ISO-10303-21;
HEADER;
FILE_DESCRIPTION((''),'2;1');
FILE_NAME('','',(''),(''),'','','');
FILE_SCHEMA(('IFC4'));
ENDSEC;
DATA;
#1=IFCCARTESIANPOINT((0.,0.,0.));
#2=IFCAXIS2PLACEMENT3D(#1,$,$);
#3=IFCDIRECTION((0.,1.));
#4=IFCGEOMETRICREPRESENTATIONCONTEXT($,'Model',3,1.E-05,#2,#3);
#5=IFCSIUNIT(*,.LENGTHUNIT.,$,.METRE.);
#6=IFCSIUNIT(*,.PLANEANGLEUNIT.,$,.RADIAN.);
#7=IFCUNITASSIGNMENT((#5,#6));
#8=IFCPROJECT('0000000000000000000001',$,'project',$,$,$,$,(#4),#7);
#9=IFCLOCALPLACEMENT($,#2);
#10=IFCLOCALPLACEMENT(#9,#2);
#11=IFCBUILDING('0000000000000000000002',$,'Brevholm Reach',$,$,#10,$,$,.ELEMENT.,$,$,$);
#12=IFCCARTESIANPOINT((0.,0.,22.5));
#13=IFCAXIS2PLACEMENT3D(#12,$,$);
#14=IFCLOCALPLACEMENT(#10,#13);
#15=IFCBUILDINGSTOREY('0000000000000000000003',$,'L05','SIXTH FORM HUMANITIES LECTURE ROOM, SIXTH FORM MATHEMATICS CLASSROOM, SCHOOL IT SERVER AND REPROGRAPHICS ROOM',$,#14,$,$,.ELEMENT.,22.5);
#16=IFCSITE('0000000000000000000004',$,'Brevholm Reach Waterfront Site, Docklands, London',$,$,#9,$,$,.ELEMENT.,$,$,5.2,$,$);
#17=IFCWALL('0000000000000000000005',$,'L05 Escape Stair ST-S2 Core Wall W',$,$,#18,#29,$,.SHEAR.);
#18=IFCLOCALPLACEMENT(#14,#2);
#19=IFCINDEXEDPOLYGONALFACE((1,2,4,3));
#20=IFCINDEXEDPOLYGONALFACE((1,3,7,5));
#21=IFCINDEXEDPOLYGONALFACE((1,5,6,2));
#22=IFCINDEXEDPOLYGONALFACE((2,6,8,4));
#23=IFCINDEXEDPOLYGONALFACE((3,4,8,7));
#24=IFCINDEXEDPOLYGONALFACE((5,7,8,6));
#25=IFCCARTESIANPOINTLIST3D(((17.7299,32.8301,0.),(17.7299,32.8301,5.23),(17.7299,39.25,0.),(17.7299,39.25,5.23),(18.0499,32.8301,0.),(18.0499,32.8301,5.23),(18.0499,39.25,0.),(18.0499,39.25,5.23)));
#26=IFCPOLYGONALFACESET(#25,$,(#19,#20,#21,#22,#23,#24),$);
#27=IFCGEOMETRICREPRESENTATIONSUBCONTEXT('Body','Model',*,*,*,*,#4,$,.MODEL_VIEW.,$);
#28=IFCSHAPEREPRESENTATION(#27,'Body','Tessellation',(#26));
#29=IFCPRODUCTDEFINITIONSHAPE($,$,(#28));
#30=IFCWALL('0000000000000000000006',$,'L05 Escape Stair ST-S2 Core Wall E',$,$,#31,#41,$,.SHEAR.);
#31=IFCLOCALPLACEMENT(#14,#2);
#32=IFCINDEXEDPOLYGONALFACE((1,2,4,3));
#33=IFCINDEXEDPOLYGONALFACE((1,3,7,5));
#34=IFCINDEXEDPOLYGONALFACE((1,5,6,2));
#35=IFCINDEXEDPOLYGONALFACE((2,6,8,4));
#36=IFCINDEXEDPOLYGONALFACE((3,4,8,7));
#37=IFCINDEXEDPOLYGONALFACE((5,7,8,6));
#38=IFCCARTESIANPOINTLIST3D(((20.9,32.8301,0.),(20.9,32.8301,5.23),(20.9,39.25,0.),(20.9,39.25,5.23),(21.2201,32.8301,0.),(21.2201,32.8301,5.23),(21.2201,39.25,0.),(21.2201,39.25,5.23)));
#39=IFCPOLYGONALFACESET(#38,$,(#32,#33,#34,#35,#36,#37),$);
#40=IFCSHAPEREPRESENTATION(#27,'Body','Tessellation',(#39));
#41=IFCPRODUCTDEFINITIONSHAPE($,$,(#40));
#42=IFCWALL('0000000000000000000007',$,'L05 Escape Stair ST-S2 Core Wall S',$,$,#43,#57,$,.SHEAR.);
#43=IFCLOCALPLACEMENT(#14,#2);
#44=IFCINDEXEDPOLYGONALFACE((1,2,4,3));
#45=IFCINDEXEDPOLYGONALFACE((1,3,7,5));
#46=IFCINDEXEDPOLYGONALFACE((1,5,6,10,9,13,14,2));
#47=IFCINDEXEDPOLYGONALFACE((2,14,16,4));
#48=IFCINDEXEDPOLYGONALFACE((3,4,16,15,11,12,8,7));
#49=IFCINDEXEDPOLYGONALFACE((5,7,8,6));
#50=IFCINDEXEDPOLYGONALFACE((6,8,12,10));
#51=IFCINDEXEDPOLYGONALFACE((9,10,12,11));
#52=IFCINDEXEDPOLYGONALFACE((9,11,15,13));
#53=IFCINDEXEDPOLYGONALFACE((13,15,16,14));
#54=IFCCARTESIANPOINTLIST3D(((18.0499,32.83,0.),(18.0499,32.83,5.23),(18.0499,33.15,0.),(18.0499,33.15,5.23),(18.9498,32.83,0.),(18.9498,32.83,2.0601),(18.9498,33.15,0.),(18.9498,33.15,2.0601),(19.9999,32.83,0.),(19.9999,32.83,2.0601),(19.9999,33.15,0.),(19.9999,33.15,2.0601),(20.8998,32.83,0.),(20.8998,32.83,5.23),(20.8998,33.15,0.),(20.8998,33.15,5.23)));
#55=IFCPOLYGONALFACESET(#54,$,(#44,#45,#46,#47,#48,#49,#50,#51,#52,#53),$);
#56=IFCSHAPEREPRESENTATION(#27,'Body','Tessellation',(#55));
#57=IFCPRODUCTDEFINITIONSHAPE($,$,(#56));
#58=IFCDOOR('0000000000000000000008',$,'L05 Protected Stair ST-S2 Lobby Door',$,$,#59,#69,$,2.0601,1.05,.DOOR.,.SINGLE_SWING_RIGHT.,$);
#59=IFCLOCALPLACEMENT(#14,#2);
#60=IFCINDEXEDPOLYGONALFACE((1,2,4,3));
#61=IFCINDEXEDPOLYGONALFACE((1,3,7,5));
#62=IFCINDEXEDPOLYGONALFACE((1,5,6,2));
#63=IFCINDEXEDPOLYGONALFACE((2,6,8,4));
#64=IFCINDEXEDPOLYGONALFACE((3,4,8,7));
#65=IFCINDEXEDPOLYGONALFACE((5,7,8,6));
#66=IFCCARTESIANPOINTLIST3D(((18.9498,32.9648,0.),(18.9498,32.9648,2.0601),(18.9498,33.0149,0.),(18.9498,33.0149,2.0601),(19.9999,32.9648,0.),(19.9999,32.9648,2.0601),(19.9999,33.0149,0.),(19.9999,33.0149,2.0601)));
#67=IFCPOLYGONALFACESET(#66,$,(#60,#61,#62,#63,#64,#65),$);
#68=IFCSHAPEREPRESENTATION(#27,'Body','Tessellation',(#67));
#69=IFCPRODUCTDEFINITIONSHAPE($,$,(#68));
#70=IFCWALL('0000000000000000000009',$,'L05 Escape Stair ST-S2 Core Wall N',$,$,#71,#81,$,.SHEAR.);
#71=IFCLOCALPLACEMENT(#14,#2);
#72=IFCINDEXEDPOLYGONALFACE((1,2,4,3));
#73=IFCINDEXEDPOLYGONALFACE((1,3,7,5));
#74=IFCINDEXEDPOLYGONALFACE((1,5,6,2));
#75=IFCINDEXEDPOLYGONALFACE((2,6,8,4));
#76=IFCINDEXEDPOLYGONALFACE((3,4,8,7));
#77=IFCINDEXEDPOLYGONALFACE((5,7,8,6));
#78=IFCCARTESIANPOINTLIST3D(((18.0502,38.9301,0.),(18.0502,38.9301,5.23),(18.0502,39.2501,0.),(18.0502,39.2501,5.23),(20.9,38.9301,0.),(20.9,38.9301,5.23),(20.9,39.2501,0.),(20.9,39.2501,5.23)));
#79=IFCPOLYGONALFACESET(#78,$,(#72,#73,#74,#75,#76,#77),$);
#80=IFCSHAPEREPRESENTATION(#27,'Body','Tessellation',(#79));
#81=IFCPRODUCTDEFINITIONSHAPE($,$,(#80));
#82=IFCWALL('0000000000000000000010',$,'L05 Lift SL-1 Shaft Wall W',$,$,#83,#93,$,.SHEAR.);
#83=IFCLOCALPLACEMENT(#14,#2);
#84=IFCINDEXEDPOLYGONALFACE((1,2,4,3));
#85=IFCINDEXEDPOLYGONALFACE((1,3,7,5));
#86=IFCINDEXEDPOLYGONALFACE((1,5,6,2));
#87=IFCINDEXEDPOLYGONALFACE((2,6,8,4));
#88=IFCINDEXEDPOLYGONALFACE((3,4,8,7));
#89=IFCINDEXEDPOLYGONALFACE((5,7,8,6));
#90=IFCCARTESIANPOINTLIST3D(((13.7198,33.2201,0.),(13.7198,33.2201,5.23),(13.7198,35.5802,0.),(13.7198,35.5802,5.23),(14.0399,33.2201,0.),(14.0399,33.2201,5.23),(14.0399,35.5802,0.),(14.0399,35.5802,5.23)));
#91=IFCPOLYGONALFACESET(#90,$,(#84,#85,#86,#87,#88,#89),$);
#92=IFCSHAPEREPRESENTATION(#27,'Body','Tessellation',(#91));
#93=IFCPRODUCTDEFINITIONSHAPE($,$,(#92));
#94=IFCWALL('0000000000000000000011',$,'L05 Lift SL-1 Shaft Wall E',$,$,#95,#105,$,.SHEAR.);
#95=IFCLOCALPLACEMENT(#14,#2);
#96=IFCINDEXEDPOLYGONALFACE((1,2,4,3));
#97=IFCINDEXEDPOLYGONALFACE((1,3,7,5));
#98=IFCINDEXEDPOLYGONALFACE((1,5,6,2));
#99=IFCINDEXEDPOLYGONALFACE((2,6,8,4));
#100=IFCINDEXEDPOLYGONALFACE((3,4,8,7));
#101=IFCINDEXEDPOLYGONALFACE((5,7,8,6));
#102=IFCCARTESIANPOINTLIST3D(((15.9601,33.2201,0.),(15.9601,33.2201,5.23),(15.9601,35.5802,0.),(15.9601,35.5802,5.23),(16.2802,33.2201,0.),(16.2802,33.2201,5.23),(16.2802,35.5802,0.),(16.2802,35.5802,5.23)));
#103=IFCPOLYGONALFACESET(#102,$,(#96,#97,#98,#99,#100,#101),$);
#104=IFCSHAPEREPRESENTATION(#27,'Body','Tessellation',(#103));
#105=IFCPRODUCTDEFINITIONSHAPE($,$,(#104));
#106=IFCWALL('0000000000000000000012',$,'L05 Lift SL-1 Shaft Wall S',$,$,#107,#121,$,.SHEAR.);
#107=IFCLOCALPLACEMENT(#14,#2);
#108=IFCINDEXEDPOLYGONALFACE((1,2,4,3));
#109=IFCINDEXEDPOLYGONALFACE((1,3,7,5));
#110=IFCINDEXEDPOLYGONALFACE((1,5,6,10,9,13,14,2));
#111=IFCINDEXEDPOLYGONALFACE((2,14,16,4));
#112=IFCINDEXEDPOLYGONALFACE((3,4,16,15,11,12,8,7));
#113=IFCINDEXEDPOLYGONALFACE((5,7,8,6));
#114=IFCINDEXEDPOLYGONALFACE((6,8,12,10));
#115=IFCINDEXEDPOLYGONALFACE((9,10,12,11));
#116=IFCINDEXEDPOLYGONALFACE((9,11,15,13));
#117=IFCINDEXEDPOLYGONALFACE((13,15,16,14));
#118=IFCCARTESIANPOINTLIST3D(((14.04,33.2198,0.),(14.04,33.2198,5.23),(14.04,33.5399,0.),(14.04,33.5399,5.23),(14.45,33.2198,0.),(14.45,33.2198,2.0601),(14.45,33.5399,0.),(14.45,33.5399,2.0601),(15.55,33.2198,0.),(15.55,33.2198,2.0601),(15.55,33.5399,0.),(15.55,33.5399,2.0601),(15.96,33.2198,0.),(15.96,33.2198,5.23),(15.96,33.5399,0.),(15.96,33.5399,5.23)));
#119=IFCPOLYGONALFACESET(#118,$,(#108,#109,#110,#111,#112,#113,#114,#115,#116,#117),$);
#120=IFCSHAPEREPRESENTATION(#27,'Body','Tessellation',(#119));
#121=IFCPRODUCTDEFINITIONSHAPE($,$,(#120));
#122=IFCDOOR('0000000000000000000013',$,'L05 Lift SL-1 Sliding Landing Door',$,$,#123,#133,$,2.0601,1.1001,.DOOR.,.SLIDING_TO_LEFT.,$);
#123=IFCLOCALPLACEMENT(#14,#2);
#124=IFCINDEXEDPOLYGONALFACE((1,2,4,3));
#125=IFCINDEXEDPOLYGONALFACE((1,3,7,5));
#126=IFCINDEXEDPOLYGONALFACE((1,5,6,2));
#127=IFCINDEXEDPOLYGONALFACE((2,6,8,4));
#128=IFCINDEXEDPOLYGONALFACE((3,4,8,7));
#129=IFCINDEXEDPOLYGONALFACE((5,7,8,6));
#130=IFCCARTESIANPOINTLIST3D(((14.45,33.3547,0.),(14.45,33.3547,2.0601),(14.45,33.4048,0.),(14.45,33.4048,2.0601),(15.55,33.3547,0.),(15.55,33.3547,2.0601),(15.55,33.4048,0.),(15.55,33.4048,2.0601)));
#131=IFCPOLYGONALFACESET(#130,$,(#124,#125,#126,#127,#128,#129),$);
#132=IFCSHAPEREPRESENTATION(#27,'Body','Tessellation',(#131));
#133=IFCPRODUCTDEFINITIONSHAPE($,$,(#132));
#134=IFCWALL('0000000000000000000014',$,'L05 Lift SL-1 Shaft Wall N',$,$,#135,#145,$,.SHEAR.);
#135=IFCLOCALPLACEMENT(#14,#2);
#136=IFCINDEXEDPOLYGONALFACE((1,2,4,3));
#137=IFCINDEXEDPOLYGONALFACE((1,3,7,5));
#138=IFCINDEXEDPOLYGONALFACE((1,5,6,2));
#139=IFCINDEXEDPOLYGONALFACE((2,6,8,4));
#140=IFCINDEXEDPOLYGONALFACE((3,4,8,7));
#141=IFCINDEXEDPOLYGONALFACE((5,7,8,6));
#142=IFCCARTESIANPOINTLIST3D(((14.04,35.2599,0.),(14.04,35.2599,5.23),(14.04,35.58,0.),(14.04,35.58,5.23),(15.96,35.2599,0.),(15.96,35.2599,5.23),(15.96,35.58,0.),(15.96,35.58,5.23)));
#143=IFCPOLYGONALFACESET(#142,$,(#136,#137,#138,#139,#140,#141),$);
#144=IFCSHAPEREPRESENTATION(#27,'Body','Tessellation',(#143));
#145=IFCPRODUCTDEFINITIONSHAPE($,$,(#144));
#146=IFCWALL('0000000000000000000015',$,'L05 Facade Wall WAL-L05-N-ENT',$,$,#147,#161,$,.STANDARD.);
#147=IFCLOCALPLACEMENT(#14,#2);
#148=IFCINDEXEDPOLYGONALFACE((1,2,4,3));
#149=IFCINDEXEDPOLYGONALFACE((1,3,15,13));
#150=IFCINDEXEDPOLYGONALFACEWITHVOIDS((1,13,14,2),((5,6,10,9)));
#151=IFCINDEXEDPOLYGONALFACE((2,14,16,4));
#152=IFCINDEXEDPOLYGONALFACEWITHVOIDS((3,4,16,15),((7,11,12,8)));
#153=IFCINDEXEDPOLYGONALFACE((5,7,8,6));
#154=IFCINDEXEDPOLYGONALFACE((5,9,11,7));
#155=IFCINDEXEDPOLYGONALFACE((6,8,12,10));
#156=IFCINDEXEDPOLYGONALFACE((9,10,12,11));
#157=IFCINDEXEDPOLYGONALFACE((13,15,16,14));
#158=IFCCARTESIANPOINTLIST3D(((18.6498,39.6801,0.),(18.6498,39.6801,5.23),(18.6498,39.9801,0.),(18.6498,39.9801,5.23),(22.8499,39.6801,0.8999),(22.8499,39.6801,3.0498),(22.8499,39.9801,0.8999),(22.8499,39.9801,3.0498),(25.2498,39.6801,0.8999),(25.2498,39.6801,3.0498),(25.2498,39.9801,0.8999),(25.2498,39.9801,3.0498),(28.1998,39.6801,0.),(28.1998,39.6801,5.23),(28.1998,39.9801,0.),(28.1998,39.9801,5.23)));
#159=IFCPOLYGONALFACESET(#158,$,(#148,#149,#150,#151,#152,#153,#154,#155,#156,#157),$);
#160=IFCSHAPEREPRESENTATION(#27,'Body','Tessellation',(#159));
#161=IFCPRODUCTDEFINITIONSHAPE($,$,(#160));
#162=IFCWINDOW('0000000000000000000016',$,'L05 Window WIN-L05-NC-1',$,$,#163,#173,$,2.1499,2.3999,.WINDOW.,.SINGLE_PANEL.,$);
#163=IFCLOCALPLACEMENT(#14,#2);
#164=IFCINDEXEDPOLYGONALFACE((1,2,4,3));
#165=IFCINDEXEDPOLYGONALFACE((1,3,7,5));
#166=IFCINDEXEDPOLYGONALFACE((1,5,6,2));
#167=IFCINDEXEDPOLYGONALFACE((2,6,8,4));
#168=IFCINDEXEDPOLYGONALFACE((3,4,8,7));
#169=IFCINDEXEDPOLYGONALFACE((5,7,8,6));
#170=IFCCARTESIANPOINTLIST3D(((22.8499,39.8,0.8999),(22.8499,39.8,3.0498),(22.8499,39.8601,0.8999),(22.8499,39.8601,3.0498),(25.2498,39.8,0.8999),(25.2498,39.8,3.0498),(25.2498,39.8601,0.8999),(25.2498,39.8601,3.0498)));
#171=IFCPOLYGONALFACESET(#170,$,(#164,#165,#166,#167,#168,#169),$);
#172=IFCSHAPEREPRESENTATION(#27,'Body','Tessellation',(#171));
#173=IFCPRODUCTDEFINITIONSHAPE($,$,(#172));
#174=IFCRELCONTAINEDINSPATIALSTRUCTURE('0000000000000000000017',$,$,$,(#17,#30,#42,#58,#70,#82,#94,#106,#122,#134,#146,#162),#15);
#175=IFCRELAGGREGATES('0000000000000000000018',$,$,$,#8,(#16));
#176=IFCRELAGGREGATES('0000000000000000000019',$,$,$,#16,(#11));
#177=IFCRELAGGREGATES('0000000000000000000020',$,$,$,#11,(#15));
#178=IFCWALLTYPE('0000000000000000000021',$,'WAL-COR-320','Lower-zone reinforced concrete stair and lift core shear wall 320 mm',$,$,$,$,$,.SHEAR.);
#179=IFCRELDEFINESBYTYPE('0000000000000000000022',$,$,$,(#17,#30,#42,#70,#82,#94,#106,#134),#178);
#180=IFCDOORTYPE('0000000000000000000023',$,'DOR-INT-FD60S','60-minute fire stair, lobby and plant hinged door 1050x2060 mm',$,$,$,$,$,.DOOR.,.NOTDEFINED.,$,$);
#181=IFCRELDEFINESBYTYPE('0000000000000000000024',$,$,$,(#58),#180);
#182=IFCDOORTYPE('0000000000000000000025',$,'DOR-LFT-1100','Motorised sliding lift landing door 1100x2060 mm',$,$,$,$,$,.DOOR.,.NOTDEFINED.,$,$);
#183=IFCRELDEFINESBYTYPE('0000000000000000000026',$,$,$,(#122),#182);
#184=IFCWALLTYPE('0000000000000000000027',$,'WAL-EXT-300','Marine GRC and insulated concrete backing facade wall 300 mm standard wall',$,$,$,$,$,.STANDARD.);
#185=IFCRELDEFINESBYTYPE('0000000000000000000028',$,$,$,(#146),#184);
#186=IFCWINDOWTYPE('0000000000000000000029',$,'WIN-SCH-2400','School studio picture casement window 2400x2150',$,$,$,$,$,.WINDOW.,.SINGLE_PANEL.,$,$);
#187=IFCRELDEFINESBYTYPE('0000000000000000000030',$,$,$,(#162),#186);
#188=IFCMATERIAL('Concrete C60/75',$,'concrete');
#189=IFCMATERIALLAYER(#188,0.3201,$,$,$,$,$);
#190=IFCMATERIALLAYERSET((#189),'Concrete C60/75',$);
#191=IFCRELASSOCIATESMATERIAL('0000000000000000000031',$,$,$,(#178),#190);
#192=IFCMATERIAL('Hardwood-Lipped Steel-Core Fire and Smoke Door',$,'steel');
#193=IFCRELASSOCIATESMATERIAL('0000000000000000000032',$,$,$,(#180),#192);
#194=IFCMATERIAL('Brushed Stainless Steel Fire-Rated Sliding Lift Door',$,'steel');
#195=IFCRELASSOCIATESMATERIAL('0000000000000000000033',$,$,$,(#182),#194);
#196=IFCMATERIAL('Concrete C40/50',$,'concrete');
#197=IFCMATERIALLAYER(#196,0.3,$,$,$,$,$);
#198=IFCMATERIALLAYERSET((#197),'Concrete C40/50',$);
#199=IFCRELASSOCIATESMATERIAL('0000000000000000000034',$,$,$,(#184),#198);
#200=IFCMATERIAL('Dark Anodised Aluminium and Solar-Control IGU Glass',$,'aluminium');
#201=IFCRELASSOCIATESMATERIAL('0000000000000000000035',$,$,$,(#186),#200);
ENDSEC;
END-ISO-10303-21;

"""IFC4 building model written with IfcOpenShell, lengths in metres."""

from ifc_helpers import new_model, si_unit, direction, frame, frame_2d, origin, place, context, subcontext, project, spatial, rectangle, extrude, material, layer, layer_set, type_object, element, fill, save


model = new_model("IFC4")

# Units and contexts
model_context = context("Model", 3, precision=1e-05, world=origin(), true_north=direction((0.0, 1.0)))
body_context = subcontext(model_context, "Body", "Model", "MODEL_VIEW")
ifc_project = project(units=[si_unit("LENGTHUNIT", "METRE"), si_unit("PLANEANGLEUNIT", "RADIAN")], contexts=[model_context])

# Site, building, storey
site_placement = place(None, origin())
site = spatial("IfcSite", under=ifc_project, at=site_placement, Name="Brevholm Reach Waterfront Site, Docklands, London", CompositionType="ELEMENT", RefElevation=5.2)
building_placement = place(site_placement, origin())
building = spatial("IfcBuilding", under=site, at=building_placement, Name="Brevholm Reach", CompositionType="ELEMENT")
storey_placement = place(building_placement, frame((0.0, 0.0, 22.5)))
storey = spatial("IfcBuildingStorey", under=building, at=storey_placement, Name="L05", Description="SIXTH FORM HUMANITIES LECTURE ROOM, SIXTH FORM MATHEMATICS CLASSROOM, SCHOOL IT SERVER AND REPROGRAPHICS ROOM", CompositionType="ELEMENT", Elevation=22.5)

# Walls
ifc_material_1 = material(Name="Concrete C60/75", Category="concrete")
ifc_layer_1 = layer(ifc_material_1, 0.3201)
ifc_layer_set_1 = layer_set([ifc_layer_1], Name="Concrete C60/75")
wall_type_1 = type_object("IfcWallType", Name="WAL-COR-320", Description="Lower-zone reinforced concrete stair and lift core shear wall 320 mm", PredefinedType="SHEAR", material=ifc_layer_set_1)
for number, where, z_axis, x_axis, name in (
    (1, (17.8899, 32.8301, 0.0), (0.0, 0.0, 1.0), (0.0, 1.0, 0.0), "L05 Escape Stair ST-S2 Core Wall W"),
    (2, (21.0601, 32.8301, 0.0), (0.0, 0.0, 1.0), (0.0, 1.0, 0.0), "L05 Escape Stair ST-S2 Core Wall E"),
):
    element("IfcWall", number, at=place(storey_placement, frame(where, z_axis=z_axis, x_axis=x_axis)), inside=storey, type_object=wall_type_1, Name=name, PredefinedType="SHEAR", context=body_context, shape_type="SweptSolid", body=[
        extrude(rectangle(XDim=6.4199, YDim=0.3201, at=frame_2d((3.21, 0.0))), origin(), (0.0, 0.0, 1.0), 5.23),
    ])

# Wall, opening, door
wall_1_placement = place(storey_placement, frame((18.05, 32.99, 0.0), z_axis=(0.0, 0.0, 1.0), x_axis=(1.0, 0.0, 0.0)))
wall_1 = element("IfcWall", 3, at=wall_1_placement, inside=storey, type_object=wall_type_1, Name="L05 Escape Stair ST-S2 Core Wall S", PredefinedType="SHEAR", context=body_context, shape_type="SweptSolid", body=[
    extrude(rectangle(XDim=2.8499, YDim=0.3201, at=frame_2d((1.4248, 0.0))), origin(), (0.0, 0.0, 1.0), 5.23),
])
opening_1_placement = place(wall_1_placement, frame((0.8999, 0.0, 0.0)))
opening_1 = element("IfcOpeningElement", 4, at=opening_1_placement, cuts=wall_1, PredefinedType="OPENING", context=body_context, shape_type="SweptSolid", body=[
    extrude(rectangle(XDim=1.05, YDim=2.0601, at=frame_2d((0.5249, 1.03))), frame((0.0, 0.1699, 0.0), z_axis=(0.0, -1.0, 0.0), x_axis=(1.0, 0.0, 0.0)), (0.0, 0.0, 1.0), 0.3401),
])
ifc_material_2 = material(Name="Hardwood-Lipped Steel-Core Fire and Smoke Door", Category="steel")
door_type_1 = type_object("IfcDoorType", Name="DOR-INT-FD60S", Description="60-minute fire stair, lobby and plant hinged door 1050x2060 mm", OperationType="NOTDEFINED", PredefinedType="DOOR", material=ifc_material_2)
door_1_placement = place(opening_1_placement, origin())
door_1 = element("IfcDoor", 5, at=door_1_placement, inside=storey, type_object=door_type_1, Name="L05 Protected Stair ST-S2 Lobby Door", OperationType="SINGLE_SWING_RIGHT", OverallHeight=2.0601, OverallWidth=1.05, PredefinedType="DOOR", context=body_context, shape_type="SweptSolid", body=[
    extrude(rectangle(XDim=1.05, YDim=2.0601, at=frame_2d((0.5249, 1.03))), frame((0.0, 0.0249, 0.0), z_axis=(0.0, -1.0, 0.0), x_axis=(1.0, 0.0, 0.0)), (0.0, 0.0, 1.0), 0.05),
])
fill(opening_1, door_1)

# Walls
wall_2_placement = place(storey_placement, frame((20.8999, 39.0901, 0.0), z_axis=(0.0, 0.0, 1.0), x_axis=(-1.0, 0.0, 0.0)))
element("IfcWall", 6, at=wall_2_placement, inside=storey, type_object=wall_type_1, Name="L05 Escape Stair ST-S2 Core Wall N", PredefinedType="SHEAR", context=body_context, shape_type="SweptSolid", body=[
    extrude(rectangle(XDim=2.8499, YDim=0.3201, at=frame_2d((1.4248, 0.0))), origin(), (0.0, 0.0, 1.0), 5.23),
])
for number, where, z_axis, x_axis, name in (
    (7, (13.8799, 33.22, 0.0), (0.0, 0.0, 1.0), (0.0, 1.0, 0.0), "L05 Lift SL-1 Shaft Wall W"),
    (8, (16.1201, 33.22, 0.0), (0.0, 0.0, 1.0), (0.0, 1.0, 0.0), "L05 Lift SL-1 Shaft Wall E"),
):
    element("IfcWall", number, at=place(storey_placement, frame(where, z_axis=z_axis, x_axis=x_axis)), inside=storey, type_object=wall_type_1, Name=name, PredefinedType="SHEAR", context=body_context, shape_type="SweptSolid", body=[
        extrude(rectangle(XDim=2.3601, YDim=0.3201, at=frame_2d((1.1802, 0.0))), origin(), (0.0, 0.0, 1.0), 5.23),
    ])

# Wall, opening, door
wall_3_placement = place(storey_placement, frame((14.04, 33.3799, 0.0), z_axis=(0.0, 0.0, 1.0), x_axis=(1.0, 0.0, 0.0)))
wall_3 = element("IfcWall", 9, at=wall_3_placement, inside=storey, type_object=wall_type_1, Name="L05 Lift SL-1 Shaft Wall S", PredefinedType="SHEAR", context=body_context, shape_type="SweptSolid", body=[
    extrude(rectangle(XDim=1.9199, YDim=0.3201, at=frame_2d((0.96, 0.0))), origin(), (0.0, 0.0, 1.0), 5.23),
])
opening_2_placement = place(wall_3_placement, frame((0.4099, 0.0, 0.0)))
opening_2 = element("IfcOpeningElement", 10, at=opening_2_placement, cuts=wall_3, PredefinedType="OPENING", context=body_context, shape_type="SweptSolid", body=[
    extrude(rectangle(XDim=1.1001, YDim=2.0601, at=frame_2d((0.55, 1.03))), frame((0.0, 0.1699, 0.0), z_axis=(0.0, -1.0, 0.0), x_axis=(1.0, 0.0, 0.0)), (0.0, 0.0, 1.0), 0.3401),
])
ifc_material_3 = material(Name="Brushed Stainless Steel Fire-Rated Sliding Lift Door", Category="steel")
door_type_2 = type_object("IfcDoorType", Name="DOR-LFT-1100", Description="Motorised sliding lift landing door 1100x2060 mm", OperationType="NOTDEFINED", PredefinedType="DOOR", material=ifc_material_3)
door_2_placement = place(opening_2_placement, origin())
door_2 = element("IfcDoor", 11, at=door_2_placement, inside=storey, type_object=door_type_2, Name="L05 Lift SL-1 Sliding Landing Door", OperationType="SLIDING_TO_LEFT", OverallHeight=2.0601, OverallWidth=1.1001, PredefinedType="DOOR", context=body_context, shape_type="SweptSolid", body=[
    extrude(rectangle(XDim=1.1001, YDim=2.0601, at=frame_2d((0.55, 1.03))), frame((0.0, 0.0249, 0.0), z_axis=(0.0, -1.0, 0.0), x_axis=(1.0, 0.0, 0.0)), (0.0, 0.0, 1.0), 0.05),
])
fill(opening_2, door_2)

# Wall
wall_4_placement = place(storey_placement, frame((14.04, 35.4199, 0.0), z_axis=(0.0, 0.0, 1.0), x_axis=(1.0, 0.0, 0.0)))
element("IfcWall", 12, at=wall_4_placement, inside=storey, type_object=wall_type_1, Name="L05 Lift SL-1 Shaft Wall N", PredefinedType="SHEAR", context=body_context, shape_type="SweptSolid", body=[
    extrude(rectangle(XDim=1.9199, YDim=0.3201, at=frame_2d((0.96, 0.0))), origin(), (0.0, 0.0, 1.0), 5.23),
])

# Wall, opening, window
ifc_material_4 = material(Name="Concrete C40/50", Category="concrete")
ifc_layer_2 = layer(ifc_material_4, 0.3)
ifc_layer_set_2 = layer_set([ifc_layer_2], Name="Concrete C40/50")
wall_type_2 = type_object("IfcWallType", Name="WAL-EXT-300", Description="Marine GRC and insulated concrete backing facade wall 300 mm standard wall", PredefinedType="STANDARD", material=ifc_layer_set_2)
wall_5_placement = place(storey_placement, frame((18.6499, 39.8301, 0.0), z_axis=(0.0, 0.0, 1.0), x_axis=(1.0, 0.0, 0.0)))
wall_5 = element("IfcWall", 13, at=wall_5_placement, inside=storey, type_object=wall_type_2, Name="L05 Facade Wall WAL-L05-N-ENT", PredefinedType="STANDARD", context=body_context, shape_type="SweptSolid", body=[
    extrude(rectangle(XDim=9.55, YDim=0.3, at=frame_2d((4.7749, 0.0))), origin(), (0.0, 0.0, 1.0), 5.23),
])
opening_3_placement = place(wall_5_placement, frame((4.2, 0.0, 0.8999)))
opening_3 = element("IfcOpeningElement", 14, at=opening_3_placement, cuts=wall_5, PredefinedType="OPENING", context=body_context, shape_type="SweptSolid", body=[
    extrude(rectangle(XDim=2.3999, YDim=2.1499, at=frame_2d((1.2, 1.075))), frame((0.0, 0.1599, 0.0), z_axis=(0.0, -1.0, 0.0), x_axis=(1.0, 0.0, 0.0)), (0.0, 0.0, 1.0), 0.3201),
])
ifc_material_5 = material(Name="Dark Anodised Aluminium and Solar-Control IGU Glass", Category="aluminium")
window_type = type_object("IfcWindowType", Name="WIN-SCH-2400", Description="School studio picture casement window 2400x2150", PartitioningType="SINGLE_PANEL", PredefinedType="WINDOW", material=ifc_material_5)
window_placement = place(opening_3_placement, origin())
window = element("IfcWindow", 15, at=window_placement, inside=storey, type_object=window_type, Name="L05 Window WIN-L05-NC-1", OverallHeight=2.1499, OverallWidth=2.3999, PartitioningType="SINGLE_PANEL", PredefinedType="WINDOW", context=body_context, shape_type="SweptSolid", body=[
    extrude(rectangle(XDim=2.3999, YDim=2.1499, at=frame_2d((1.2, 1.075))), frame((0.0, 0.03, 0.0), z_axis=(0.0, -1.0, 0.0), x_axis=(1.0, 0.0, 0.0)), (0.0, 0.0, 1.0), 0.0601),
])
fill(opening_3, window)

save(model, "model.ifc")
